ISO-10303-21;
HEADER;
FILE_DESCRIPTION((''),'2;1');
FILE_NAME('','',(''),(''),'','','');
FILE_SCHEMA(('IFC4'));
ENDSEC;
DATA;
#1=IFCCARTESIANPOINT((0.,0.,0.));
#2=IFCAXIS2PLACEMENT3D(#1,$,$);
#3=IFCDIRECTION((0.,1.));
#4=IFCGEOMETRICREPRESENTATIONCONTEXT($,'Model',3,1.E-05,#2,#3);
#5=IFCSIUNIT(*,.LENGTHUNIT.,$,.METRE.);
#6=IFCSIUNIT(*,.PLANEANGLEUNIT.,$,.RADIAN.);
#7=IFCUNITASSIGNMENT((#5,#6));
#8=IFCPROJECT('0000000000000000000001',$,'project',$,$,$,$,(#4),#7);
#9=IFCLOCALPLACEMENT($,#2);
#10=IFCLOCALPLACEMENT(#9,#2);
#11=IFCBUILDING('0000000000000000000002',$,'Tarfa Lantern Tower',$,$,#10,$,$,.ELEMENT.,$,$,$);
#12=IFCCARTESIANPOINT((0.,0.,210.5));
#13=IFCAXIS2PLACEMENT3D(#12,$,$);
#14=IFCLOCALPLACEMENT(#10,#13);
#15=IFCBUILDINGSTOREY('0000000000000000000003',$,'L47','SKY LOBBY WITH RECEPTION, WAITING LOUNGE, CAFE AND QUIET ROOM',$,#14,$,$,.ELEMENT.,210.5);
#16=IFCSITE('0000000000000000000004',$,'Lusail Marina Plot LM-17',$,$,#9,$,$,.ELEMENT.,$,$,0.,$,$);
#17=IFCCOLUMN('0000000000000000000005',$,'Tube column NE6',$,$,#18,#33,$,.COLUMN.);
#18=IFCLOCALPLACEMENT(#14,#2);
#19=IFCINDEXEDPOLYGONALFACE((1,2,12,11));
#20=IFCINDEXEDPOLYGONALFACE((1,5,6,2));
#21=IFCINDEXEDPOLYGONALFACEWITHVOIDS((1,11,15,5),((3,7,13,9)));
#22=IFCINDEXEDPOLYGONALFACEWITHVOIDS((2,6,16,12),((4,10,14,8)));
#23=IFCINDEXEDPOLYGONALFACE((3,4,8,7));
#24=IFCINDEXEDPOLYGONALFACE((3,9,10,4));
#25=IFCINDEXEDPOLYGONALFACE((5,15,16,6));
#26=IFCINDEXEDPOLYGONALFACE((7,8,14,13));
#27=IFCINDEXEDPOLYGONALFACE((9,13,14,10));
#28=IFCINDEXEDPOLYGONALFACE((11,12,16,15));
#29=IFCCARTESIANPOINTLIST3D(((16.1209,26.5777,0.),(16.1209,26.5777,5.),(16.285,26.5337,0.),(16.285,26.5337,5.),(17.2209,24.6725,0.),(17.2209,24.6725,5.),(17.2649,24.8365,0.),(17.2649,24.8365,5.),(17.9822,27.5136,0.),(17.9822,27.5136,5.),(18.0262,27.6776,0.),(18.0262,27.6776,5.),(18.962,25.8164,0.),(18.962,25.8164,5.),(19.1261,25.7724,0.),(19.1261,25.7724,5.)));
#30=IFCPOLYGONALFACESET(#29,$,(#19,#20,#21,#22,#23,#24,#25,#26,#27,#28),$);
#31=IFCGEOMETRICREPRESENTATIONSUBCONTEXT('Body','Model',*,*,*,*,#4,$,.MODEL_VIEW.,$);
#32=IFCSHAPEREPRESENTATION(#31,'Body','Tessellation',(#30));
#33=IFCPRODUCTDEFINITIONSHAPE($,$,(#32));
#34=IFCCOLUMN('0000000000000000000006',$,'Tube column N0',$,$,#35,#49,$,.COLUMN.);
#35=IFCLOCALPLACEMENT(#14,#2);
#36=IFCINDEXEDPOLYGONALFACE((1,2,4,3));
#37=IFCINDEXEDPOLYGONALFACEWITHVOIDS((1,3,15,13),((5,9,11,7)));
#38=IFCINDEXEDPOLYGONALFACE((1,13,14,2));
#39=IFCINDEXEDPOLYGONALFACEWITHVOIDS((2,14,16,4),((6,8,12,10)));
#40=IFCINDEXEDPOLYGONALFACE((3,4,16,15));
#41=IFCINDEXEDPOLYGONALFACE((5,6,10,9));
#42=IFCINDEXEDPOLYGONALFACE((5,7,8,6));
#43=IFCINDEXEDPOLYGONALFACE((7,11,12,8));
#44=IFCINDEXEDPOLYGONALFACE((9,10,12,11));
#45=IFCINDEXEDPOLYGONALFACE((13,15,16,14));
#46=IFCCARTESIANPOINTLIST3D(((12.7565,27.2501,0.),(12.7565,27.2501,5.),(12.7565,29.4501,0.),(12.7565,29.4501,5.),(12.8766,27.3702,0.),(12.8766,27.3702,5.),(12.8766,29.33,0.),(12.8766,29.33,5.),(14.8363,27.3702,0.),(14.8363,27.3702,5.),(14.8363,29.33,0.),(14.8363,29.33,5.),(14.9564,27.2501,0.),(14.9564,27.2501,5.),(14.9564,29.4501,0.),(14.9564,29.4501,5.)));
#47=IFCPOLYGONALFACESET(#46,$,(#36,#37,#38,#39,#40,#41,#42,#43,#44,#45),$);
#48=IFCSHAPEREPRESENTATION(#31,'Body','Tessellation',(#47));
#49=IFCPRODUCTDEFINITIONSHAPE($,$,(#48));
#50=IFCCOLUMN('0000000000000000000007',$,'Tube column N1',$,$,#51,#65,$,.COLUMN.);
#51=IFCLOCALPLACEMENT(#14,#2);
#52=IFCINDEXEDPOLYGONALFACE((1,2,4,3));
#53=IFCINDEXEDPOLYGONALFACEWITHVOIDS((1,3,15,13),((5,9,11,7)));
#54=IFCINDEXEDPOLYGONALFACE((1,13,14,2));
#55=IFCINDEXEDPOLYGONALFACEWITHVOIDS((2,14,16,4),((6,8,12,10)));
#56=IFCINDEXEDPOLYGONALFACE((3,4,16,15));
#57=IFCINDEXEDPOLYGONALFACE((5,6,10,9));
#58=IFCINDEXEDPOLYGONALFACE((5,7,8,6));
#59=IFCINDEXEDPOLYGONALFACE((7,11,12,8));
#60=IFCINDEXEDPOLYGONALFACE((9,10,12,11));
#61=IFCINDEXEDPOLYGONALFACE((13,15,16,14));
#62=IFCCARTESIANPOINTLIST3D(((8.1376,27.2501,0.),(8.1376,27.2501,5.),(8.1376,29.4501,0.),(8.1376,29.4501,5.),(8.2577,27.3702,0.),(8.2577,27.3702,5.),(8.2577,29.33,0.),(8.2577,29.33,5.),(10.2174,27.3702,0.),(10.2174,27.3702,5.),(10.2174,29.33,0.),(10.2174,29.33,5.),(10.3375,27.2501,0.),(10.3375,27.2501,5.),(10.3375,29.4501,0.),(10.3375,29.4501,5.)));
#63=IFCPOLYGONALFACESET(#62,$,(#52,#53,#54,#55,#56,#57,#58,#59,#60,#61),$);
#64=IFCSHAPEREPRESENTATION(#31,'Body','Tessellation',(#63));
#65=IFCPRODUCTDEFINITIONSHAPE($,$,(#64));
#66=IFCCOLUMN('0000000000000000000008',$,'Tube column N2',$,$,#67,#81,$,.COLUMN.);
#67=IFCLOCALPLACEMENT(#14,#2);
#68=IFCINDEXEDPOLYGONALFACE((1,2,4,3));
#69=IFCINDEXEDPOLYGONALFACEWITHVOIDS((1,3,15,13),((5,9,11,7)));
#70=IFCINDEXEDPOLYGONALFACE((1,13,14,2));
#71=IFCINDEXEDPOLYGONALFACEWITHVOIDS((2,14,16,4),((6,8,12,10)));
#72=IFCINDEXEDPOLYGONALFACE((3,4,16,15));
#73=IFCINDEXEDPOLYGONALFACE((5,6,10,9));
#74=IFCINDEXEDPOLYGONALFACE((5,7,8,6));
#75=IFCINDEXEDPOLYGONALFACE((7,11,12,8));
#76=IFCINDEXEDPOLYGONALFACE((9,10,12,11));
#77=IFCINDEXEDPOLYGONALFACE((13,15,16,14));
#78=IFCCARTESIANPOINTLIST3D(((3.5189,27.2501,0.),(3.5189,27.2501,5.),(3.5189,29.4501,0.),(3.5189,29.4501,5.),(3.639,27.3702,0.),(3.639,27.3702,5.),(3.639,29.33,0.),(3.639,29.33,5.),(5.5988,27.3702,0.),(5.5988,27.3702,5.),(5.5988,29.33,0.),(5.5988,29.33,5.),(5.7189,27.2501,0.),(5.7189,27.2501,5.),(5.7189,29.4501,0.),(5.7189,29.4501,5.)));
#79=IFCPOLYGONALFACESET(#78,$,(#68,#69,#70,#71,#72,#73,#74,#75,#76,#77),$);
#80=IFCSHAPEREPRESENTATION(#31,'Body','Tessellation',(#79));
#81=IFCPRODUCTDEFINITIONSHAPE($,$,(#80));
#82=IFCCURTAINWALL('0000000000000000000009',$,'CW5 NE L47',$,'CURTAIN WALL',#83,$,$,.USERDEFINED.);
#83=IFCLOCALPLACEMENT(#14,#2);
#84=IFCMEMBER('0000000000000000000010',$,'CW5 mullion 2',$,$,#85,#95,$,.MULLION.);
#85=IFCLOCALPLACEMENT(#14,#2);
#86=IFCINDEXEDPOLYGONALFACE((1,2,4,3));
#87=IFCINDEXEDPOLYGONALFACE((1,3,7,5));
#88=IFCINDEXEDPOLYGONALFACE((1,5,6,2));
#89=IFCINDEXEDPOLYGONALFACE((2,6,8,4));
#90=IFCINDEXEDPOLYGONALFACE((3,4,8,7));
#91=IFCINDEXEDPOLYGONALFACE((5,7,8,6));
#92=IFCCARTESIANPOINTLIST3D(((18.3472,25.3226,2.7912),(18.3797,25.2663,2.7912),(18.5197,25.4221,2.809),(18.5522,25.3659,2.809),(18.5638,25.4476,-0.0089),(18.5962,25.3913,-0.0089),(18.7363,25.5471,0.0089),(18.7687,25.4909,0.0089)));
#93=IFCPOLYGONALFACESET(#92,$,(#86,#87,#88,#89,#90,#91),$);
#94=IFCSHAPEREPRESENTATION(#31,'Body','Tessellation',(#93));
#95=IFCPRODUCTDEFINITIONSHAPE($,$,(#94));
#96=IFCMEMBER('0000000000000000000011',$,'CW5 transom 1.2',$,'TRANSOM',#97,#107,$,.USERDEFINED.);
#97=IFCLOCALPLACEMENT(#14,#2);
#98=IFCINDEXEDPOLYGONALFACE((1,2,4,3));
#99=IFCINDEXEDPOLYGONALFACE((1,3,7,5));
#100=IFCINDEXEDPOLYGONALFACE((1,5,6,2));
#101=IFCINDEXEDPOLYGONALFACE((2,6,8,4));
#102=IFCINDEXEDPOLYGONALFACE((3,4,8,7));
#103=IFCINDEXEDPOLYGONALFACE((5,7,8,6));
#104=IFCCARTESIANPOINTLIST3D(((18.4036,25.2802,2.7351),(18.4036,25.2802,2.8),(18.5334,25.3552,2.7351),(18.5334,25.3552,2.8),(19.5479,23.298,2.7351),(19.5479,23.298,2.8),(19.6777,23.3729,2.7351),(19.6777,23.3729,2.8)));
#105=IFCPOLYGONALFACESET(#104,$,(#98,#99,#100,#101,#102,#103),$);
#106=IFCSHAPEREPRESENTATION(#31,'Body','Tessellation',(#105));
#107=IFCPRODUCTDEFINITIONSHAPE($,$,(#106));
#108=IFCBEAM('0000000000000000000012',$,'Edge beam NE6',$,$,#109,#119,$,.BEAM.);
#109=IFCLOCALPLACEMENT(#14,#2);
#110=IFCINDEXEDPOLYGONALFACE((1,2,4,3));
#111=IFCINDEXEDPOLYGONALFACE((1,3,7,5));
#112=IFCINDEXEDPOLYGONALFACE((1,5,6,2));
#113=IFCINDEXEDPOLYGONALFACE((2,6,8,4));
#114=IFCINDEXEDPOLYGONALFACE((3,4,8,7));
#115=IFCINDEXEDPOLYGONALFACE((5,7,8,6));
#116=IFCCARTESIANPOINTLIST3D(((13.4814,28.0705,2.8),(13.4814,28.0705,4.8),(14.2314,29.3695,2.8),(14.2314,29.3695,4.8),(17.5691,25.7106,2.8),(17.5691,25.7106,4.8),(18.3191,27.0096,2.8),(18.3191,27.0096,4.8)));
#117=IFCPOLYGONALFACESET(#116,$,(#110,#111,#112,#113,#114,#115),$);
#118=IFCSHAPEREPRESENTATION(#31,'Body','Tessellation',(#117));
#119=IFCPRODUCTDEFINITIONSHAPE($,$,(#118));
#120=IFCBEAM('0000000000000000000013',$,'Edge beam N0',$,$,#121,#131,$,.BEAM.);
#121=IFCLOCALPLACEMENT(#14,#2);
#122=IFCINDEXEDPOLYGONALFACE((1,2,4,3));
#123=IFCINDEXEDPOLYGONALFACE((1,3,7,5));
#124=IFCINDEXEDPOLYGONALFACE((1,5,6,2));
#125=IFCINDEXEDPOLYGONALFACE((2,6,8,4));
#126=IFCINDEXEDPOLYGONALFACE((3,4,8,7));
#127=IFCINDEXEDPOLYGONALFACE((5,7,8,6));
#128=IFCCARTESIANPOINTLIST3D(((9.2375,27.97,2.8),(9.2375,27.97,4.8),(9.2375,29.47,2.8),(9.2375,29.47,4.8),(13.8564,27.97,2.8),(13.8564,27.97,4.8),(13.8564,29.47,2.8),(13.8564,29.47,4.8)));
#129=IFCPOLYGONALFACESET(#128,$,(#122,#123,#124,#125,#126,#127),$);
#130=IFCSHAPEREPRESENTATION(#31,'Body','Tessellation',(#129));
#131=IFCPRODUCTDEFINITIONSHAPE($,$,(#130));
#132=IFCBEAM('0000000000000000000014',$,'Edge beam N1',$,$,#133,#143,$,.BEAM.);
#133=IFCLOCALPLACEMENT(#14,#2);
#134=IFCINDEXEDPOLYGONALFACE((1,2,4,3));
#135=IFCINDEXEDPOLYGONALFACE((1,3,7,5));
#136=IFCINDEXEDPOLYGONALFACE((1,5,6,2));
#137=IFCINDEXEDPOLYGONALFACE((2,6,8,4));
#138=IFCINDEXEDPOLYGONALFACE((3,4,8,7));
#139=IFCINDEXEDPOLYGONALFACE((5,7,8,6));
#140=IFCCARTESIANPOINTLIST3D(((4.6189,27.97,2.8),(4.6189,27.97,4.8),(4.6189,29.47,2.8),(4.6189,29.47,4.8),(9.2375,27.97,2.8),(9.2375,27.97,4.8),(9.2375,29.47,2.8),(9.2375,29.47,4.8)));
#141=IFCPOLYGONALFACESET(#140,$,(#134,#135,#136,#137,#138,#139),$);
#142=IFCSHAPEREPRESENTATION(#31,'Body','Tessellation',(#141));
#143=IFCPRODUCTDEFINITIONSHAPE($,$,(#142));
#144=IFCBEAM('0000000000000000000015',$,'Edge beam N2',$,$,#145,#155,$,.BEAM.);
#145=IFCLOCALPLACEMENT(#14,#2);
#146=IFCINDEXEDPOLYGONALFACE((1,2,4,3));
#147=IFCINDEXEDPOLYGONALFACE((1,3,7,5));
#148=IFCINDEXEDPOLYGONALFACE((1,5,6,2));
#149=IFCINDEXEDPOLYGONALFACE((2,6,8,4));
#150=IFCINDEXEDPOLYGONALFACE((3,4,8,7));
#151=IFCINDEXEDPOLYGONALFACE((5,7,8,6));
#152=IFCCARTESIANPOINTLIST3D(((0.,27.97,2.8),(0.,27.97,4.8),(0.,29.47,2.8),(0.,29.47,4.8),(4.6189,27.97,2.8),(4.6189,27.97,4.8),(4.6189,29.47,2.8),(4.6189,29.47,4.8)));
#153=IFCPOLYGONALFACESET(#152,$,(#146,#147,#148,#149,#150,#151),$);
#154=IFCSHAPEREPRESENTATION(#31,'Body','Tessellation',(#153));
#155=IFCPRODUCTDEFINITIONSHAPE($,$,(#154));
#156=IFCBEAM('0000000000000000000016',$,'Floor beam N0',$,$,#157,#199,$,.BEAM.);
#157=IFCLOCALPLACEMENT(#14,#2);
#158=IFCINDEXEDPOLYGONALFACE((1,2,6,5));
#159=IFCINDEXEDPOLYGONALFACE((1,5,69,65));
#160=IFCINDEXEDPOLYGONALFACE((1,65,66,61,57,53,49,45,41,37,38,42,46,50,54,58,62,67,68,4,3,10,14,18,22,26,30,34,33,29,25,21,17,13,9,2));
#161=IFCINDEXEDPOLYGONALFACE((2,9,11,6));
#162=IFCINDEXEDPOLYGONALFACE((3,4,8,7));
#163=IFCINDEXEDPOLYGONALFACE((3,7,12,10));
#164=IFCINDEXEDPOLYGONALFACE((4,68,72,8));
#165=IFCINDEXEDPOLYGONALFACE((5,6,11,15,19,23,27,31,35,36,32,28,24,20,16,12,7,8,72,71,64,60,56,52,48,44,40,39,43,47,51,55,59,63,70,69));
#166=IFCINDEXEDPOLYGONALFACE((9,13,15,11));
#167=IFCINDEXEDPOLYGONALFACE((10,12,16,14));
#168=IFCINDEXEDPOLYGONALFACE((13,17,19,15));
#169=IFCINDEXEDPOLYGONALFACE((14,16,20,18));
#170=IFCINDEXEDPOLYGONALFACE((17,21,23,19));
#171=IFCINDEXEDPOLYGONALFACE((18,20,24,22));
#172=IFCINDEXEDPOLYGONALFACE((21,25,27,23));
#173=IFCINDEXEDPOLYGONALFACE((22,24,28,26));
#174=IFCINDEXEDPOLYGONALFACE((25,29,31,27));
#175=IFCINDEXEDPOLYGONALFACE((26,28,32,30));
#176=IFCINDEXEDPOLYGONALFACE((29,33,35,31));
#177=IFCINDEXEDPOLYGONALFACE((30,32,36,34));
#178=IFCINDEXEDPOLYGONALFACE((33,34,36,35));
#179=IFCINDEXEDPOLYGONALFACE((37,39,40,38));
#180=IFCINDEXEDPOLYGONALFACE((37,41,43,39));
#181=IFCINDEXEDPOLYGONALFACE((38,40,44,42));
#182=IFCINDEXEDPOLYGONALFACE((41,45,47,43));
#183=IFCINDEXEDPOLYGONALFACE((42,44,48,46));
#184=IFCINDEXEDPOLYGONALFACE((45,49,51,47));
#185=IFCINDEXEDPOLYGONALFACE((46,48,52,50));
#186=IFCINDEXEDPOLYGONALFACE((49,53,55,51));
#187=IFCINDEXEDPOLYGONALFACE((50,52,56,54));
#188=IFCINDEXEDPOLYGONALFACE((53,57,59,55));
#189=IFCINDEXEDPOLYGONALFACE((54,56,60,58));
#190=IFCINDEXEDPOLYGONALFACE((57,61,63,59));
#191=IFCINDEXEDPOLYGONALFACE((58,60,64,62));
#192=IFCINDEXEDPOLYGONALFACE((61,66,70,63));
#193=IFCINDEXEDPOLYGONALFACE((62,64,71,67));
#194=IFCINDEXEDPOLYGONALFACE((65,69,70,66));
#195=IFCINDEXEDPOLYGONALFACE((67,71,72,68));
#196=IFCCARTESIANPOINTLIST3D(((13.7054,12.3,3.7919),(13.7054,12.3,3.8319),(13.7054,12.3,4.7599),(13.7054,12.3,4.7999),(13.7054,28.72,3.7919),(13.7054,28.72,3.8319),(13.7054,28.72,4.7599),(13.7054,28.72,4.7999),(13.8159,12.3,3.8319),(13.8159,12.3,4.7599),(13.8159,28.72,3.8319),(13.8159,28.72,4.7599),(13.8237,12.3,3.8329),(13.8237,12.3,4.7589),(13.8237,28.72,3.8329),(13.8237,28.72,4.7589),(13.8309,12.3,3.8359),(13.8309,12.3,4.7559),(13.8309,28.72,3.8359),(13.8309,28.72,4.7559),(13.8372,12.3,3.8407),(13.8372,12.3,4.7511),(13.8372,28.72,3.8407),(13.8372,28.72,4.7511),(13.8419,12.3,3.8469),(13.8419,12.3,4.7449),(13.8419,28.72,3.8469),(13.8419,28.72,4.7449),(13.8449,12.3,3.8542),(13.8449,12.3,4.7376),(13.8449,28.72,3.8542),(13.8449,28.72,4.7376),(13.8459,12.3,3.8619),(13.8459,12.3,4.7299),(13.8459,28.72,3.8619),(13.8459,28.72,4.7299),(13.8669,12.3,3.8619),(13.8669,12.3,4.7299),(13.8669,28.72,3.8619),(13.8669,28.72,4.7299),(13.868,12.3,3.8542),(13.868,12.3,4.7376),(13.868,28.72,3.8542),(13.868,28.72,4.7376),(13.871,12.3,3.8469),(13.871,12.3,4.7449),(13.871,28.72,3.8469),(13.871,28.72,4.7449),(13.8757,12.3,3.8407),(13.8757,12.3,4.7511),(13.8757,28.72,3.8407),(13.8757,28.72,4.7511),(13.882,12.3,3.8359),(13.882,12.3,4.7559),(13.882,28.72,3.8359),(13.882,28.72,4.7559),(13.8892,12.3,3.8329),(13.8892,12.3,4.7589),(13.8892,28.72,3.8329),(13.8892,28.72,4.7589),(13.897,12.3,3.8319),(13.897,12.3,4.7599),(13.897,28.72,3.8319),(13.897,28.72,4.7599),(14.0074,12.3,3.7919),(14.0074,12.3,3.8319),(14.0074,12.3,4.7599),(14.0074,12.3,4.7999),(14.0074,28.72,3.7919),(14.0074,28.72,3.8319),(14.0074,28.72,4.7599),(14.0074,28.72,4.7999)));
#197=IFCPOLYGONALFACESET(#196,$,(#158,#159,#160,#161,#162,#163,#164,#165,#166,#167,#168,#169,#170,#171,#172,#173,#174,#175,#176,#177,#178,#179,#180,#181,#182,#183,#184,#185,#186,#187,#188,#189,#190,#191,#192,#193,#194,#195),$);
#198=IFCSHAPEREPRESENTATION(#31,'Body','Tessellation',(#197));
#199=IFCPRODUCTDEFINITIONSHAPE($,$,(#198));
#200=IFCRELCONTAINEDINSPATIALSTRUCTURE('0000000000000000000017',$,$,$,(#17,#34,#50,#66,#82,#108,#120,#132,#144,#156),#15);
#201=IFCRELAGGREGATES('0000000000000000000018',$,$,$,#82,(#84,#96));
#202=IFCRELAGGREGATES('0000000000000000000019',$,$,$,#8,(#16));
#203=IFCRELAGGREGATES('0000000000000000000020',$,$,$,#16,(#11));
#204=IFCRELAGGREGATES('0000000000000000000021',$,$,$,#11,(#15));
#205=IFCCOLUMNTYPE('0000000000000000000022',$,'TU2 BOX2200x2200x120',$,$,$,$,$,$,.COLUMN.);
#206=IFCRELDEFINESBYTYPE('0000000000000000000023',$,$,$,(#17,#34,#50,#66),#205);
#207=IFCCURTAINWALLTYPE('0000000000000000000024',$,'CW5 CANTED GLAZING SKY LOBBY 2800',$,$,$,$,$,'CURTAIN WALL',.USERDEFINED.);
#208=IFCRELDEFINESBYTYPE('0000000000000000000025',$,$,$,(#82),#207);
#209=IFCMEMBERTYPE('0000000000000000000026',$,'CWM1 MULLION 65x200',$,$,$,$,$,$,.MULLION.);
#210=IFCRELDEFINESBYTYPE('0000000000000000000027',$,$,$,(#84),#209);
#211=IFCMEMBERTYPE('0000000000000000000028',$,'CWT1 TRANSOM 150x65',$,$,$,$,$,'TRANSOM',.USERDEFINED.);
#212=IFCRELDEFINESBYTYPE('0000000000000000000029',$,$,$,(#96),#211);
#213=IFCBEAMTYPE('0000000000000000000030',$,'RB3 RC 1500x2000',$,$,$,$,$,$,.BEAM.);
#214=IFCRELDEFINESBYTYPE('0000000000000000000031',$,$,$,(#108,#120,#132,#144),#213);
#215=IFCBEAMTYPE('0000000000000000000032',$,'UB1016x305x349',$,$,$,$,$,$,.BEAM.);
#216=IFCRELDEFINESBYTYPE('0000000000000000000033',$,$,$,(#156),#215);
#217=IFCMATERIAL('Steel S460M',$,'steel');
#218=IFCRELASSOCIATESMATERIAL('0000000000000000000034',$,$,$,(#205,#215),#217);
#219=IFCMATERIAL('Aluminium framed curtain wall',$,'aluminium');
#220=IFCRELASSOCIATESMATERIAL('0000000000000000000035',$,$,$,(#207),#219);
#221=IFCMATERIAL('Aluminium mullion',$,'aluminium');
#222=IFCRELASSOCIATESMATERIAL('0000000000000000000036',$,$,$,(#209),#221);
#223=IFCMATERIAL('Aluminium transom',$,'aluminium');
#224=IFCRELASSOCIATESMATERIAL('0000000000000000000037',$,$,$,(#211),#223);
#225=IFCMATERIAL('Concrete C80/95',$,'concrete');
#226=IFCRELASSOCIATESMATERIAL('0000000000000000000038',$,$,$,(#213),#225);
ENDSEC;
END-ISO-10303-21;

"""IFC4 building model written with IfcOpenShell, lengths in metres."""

from ifc_helpers import new_model, si_unit, direction, frame, origin, origin_2d, place, context, subcontext, project, spatial, rectangle, hollow_rectangle, i_section, extrude, material, material_profile, profile_set, type_object, element, aggregate, save


model = new_model("IFC4")

# Units and contexts
model_context = context("Model", 3, precision=1e-05, world=origin(), true_north=direction((0.0, 1.0)))
body_context = subcontext(model_context, "Body", "Model", "MODEL_VIEW")
ifc_project = project(units=[si_unit("LENGTHUNIT", "METRE"), si_unit("PLANEANGLEUNIT", "RADIAN")], contexts=[model_context])

# Site, building, storey
site_placement = place(None, origin())
site = spatial("IfcSite", under=ifc_project, at=site_placement, Name="Lusail Marina Plot LM-17", CompositionType="ELEMENT", RefElevation=0.0)
building_placement = place(site_placement, origin())
building = spatial("IfcBuilding", under=site, at=building_placement, Name="Tarfa Lantern Tower", CompositionType="ELEMENT")
storey_placement = place(building_placement, frame((0.0, 0.0, 210.5)))
storey = spatial("IfcBuildingStorey", under=building, at=storey_placement, Name="L47", Description="SKY LOBBY WITH RECEPTION, WAITING LOUNGE, CAFE AND QUIET ROOM", CompositionType="ELEMENT", Elevation=210.5)

# Columns
ifc_material_1 = material(Name="Steel S460M", Category="steel")
ifc_material_profile_1 = material_profile(ifc_material_1, hollow_rectangle(XDim=2.2, YDim=2.2, WallThickness=0.1201, at=origin_2d()), Name="BOX2200x2200x120")
ifc_profile_set_1 = profile_set([ifc_material_profile_1], Name="Steel S460M")
column_type = type_object("IfcColumnType", Name="TU2 BOX2200x2200x120", PredefinedType="COLUMN", material=ifc_profile_set_1)
for number, where, z_axis, x_axis, name in (
    (1, (17.6235, 26.175, 0.0), (0.0, 0.0, 1.0), (-0.5, 0.866025, 0.0), "Tube column NE6"),
    (2, (13.8564, 28.3501, 0.0), (0.0, 0.0, 1.0), (-1.0, 0.0, 0.0), "Tube column N0"),
    (3, (9.2375, 28.3501, 0.0), (0.0, 0.0, 1.0), (-1.0, 0.0, 0.0), "Tube column N1"),
    (4, (4.6189, 28.3501, 0.0), (0.0, 0.0, 1.0), (-1.0, 0.0, 0.0), "Tube column N2"),
):
    element("IfcColumn", number, at=place(storey_placement, frame(where, z_axis=z_axis, x_axis=x_axis)), inside=storey, type_object=column_type, Name=name, PredefinedType="COLUMN", context=body_context, shape_type="SweptSolid", body=[
        extrude(hollow_rectangle(XDim=2.2, YDim=2.2, WallThickness=0.1201, at=origin_2d()), origin(), (0.0, 0.0, 1.0), 5.0),
    ])

# Curtain wall, members
ifc_material_2 = material(Name="Aluminium framed curtain wall", Category="aluminium")
curtain_wall_type = type_object("IfcCurtainWallType", Name="CW5 CANTED GLAZING SKY LOBBY 2800", ElementType="CURTAIN WALL", PredefinedType="USERDEFINED", material=ifc_material_2)
curtain_wall_placement = place(storey_placement, origin())
curtain_wall = element("IfcCurtainWall", 5, at=curtain_wall_placement, inside=storey, type_object=curtain_wall_type, Name="CW5 NE L47", ObjectType="CURTAIN WALL", PredefinedType="USERDEFINED")
ifc_material_3 = material(Name="Aluminium mullion", Category="aluminium")
ifc_material_profile_2 = material_profile(ifc_material_3, rectangle(XDim=0.0649, YDim=0.2, at=origin_2d()), Name="AL MULLION 65x200")
ifc_profile_set_2 = profile_set([ifc_material_profile_2], Name="Aluminium mullion")
member_type_1 = type_object("IfcMemberType", Name="CWM1 MULLION 65x200", PredefinedType="MULLION", material=ifc_profile_set_2)
member_1_placement = place(storey_placement, frame((18.6663, 25.4692, 0.0), z_axis=(-0.077032, -0.044465, 0.996037), x_axis=(0.49992, -0.866072, 0.0)))
member_1 = element("IfcMember", 6, at=member_1_placement, type_object=member_type_1, Name="CW5 mullion 2", PredefinedType="MULLION", context=body_context, shape_type="SweptSolid", body=[
    extrude(rectangle(XDim=0.0649, YDim=0.2, at=origin_2d()), origin(), (0.0, 0.0, 1.0), 2.8113),
])
ifc_material_4 = material(Name="Aluminium transom", Category="aluminium")
ifc_material_profile_3 = material_profile(ifc_material_4, rectangle(XDim=0.1499, YDim=0.0649, at=origin_2d()), Name="AL TRANSOM 150x65")
ifc_profile_set_3 = profile_set([ifc_material_profile_3], Name="Aluminium transom")
member_type_2 = type_object("IfcMemberType", Name="CWT1 TRANSOM 150x65", ElementType="TRANSOM", PredefinedType="USERDEFINED", material=ifc_profile_set_3)
member_2_placement = place(storey_placement, frame((19.6128, 23.3354, 2.7676), z_axis=(-0.499959, 0.866049, 0.0), x_axis=(-0.866049, -0.499959, 0.0)))
member_2 = element("IfcMember", 7, at=member_2_placement, type_object=member_type_2, Name="CW5 transom 1.2", ObjectType="TRANSOM", PredefinedType="USERDEFINED", context=body_context, shape_type="SweptSolid", body=[
    extrude(rectangle(XDim=0.1499, YDim=0.0649, at=origin_2d()), origin(), (0.0, 0.0, 1.0), 2.2888),
])

# Beams
ifc_material_5 = material(Name="Concrete C80/95", Category="concrete")
ifc_material_profile_4 = material_profile(ifc_material_5, rectangle(XDim=1.5, YDim=2.0, at=origin_2d()), Name="RC 1500x2000")
ifc_profile_set_4 = profile_set([ifc_material_profile_4], Name="Concrete C80/95")
beam_type_1 = type_object("IfcBeamType", Name="RB3 RC 1500x2000", PredefinedType="BEAM", material=ifc_profile_set_4)
beam_1_placement = place(storey_placement, frame((17.9441, 26.3601, 3.8), z_axis=(-0.866038, 0.499978, 0.0), x_axis=(-0.499978, -0.866038, 0.0)))
element("IfcBeam", 8, at=beam_1_placement, inside=storey, type_object=beam_type_1, Name="Edge beam NE6", PredefinedType="BEAM", context=body_context, shape_type="SweptSolid", body=[
    extrude(rectangle(XDim=1.5, YDim=2.0, at=origin_2d()), origin(), (0.0, 0.0, 1.0), 4.72),
])
beam_2_placement = place(storey_placement, frame((13.8564, 28.72, 3.8), z_axis=(-1.0, 0.0, 0.0), x_axis=(0.0, -1.0, 0.0)))
element("IfcBeam", 9, at=beam_2_placement, inside=storey, type_object=beam_type_1, Name="Edge beam N0", PredefinedType="BEAM", context=body_context, shape_type="SweptSolid", body=[
    extrude(rectangle(XDim=1.5, YDim=2.0, at=origin_2d()), origin(), (0.0, 0.0, 1.0), 4.6189),
])
beam_3_placement = place(storey_placement, frame((9.2375, 28.72, 3.8), z_axis=(-1.0, 0.0, 0.0), x_axis=(0.0, -1.0, 0.0)))
element("IfcBeam", 10, at=beam_3_placement, inside=storey, type_object=beam_type_1, Name="Edge beam N1", PredefinedType="BEAM", context=body_context, shape_type="SweptSolid", body=[
    extrude(rectangle(XDim=1.5, YDim=2.0, at=origin_2d()), origin(), (0.0, 0.0, 1.0), 4.6187),
])
beam_4_placement = place(storey_placement, frame((4.6189, 28.72, 3.8), z_axis=(-1.0, 0.0, 0.0), x_axis=(0.0, -1.0, 0.0)))
element("IfcBeam", 11, at=beam_4_placement, inside=storey, type_object=beam_type_1, Name="Edge beam N2", PredefinedType="BEAM", context=body_context, shape_type="SweptSolid", body=[
    extrude(rectangle(XDim=1.5, YDim=2.0, at=origin_2d()), origin(), (0.0, 0.0, 1.0), 4.6189),
])
ifc_material_profile_5 = material_profile(ifc_material_1, i_section(OverallWidth=0.302, OverallDepth=1.0081, WebThickness=0.021, FlangeThickness=0.04, FilletRadius=0.03, at=origin_2d()), Name="UB1016x305x349")
ifc_profile_set_5 = profile_set([ifc_material_profile_5], Name="Steel S460M")
beam_type_2 = type_object("IfcBeamType", Name="UB1016x305x349", PredefinedType="BEAM", material=ifc_profile_set_5)
for number, where, z_axis, x_axis, name in (
    (12, (13.8564, 28.72, 4.2959), (0.0, -1.0, 0.0), (1.0, 0.0, 0.0), "Floor beam N0"),
):
    element("IfcBeam", number, at=place(storey_placement, frame(where, z_axis=z_axis, x_axis=x_axis)), inside=storey, type_object=beam_type_2, Name=name, PredefinedType="BEAM", context=body_context, shape_type="SweptSolid", body=[
        extrude(i_section(OverallWidth=0.302, OverallDepth=1.0081, WebThickness=0.021, FlangeThickness=0.04, FilletRadius=0.03, at=origin_2d()), origin(), (0.0, 0.0, 1.0), 16.4199),
    ])

aggregate(curtain_wall, [member_1, member_2])

save(model, "model.ifc")
